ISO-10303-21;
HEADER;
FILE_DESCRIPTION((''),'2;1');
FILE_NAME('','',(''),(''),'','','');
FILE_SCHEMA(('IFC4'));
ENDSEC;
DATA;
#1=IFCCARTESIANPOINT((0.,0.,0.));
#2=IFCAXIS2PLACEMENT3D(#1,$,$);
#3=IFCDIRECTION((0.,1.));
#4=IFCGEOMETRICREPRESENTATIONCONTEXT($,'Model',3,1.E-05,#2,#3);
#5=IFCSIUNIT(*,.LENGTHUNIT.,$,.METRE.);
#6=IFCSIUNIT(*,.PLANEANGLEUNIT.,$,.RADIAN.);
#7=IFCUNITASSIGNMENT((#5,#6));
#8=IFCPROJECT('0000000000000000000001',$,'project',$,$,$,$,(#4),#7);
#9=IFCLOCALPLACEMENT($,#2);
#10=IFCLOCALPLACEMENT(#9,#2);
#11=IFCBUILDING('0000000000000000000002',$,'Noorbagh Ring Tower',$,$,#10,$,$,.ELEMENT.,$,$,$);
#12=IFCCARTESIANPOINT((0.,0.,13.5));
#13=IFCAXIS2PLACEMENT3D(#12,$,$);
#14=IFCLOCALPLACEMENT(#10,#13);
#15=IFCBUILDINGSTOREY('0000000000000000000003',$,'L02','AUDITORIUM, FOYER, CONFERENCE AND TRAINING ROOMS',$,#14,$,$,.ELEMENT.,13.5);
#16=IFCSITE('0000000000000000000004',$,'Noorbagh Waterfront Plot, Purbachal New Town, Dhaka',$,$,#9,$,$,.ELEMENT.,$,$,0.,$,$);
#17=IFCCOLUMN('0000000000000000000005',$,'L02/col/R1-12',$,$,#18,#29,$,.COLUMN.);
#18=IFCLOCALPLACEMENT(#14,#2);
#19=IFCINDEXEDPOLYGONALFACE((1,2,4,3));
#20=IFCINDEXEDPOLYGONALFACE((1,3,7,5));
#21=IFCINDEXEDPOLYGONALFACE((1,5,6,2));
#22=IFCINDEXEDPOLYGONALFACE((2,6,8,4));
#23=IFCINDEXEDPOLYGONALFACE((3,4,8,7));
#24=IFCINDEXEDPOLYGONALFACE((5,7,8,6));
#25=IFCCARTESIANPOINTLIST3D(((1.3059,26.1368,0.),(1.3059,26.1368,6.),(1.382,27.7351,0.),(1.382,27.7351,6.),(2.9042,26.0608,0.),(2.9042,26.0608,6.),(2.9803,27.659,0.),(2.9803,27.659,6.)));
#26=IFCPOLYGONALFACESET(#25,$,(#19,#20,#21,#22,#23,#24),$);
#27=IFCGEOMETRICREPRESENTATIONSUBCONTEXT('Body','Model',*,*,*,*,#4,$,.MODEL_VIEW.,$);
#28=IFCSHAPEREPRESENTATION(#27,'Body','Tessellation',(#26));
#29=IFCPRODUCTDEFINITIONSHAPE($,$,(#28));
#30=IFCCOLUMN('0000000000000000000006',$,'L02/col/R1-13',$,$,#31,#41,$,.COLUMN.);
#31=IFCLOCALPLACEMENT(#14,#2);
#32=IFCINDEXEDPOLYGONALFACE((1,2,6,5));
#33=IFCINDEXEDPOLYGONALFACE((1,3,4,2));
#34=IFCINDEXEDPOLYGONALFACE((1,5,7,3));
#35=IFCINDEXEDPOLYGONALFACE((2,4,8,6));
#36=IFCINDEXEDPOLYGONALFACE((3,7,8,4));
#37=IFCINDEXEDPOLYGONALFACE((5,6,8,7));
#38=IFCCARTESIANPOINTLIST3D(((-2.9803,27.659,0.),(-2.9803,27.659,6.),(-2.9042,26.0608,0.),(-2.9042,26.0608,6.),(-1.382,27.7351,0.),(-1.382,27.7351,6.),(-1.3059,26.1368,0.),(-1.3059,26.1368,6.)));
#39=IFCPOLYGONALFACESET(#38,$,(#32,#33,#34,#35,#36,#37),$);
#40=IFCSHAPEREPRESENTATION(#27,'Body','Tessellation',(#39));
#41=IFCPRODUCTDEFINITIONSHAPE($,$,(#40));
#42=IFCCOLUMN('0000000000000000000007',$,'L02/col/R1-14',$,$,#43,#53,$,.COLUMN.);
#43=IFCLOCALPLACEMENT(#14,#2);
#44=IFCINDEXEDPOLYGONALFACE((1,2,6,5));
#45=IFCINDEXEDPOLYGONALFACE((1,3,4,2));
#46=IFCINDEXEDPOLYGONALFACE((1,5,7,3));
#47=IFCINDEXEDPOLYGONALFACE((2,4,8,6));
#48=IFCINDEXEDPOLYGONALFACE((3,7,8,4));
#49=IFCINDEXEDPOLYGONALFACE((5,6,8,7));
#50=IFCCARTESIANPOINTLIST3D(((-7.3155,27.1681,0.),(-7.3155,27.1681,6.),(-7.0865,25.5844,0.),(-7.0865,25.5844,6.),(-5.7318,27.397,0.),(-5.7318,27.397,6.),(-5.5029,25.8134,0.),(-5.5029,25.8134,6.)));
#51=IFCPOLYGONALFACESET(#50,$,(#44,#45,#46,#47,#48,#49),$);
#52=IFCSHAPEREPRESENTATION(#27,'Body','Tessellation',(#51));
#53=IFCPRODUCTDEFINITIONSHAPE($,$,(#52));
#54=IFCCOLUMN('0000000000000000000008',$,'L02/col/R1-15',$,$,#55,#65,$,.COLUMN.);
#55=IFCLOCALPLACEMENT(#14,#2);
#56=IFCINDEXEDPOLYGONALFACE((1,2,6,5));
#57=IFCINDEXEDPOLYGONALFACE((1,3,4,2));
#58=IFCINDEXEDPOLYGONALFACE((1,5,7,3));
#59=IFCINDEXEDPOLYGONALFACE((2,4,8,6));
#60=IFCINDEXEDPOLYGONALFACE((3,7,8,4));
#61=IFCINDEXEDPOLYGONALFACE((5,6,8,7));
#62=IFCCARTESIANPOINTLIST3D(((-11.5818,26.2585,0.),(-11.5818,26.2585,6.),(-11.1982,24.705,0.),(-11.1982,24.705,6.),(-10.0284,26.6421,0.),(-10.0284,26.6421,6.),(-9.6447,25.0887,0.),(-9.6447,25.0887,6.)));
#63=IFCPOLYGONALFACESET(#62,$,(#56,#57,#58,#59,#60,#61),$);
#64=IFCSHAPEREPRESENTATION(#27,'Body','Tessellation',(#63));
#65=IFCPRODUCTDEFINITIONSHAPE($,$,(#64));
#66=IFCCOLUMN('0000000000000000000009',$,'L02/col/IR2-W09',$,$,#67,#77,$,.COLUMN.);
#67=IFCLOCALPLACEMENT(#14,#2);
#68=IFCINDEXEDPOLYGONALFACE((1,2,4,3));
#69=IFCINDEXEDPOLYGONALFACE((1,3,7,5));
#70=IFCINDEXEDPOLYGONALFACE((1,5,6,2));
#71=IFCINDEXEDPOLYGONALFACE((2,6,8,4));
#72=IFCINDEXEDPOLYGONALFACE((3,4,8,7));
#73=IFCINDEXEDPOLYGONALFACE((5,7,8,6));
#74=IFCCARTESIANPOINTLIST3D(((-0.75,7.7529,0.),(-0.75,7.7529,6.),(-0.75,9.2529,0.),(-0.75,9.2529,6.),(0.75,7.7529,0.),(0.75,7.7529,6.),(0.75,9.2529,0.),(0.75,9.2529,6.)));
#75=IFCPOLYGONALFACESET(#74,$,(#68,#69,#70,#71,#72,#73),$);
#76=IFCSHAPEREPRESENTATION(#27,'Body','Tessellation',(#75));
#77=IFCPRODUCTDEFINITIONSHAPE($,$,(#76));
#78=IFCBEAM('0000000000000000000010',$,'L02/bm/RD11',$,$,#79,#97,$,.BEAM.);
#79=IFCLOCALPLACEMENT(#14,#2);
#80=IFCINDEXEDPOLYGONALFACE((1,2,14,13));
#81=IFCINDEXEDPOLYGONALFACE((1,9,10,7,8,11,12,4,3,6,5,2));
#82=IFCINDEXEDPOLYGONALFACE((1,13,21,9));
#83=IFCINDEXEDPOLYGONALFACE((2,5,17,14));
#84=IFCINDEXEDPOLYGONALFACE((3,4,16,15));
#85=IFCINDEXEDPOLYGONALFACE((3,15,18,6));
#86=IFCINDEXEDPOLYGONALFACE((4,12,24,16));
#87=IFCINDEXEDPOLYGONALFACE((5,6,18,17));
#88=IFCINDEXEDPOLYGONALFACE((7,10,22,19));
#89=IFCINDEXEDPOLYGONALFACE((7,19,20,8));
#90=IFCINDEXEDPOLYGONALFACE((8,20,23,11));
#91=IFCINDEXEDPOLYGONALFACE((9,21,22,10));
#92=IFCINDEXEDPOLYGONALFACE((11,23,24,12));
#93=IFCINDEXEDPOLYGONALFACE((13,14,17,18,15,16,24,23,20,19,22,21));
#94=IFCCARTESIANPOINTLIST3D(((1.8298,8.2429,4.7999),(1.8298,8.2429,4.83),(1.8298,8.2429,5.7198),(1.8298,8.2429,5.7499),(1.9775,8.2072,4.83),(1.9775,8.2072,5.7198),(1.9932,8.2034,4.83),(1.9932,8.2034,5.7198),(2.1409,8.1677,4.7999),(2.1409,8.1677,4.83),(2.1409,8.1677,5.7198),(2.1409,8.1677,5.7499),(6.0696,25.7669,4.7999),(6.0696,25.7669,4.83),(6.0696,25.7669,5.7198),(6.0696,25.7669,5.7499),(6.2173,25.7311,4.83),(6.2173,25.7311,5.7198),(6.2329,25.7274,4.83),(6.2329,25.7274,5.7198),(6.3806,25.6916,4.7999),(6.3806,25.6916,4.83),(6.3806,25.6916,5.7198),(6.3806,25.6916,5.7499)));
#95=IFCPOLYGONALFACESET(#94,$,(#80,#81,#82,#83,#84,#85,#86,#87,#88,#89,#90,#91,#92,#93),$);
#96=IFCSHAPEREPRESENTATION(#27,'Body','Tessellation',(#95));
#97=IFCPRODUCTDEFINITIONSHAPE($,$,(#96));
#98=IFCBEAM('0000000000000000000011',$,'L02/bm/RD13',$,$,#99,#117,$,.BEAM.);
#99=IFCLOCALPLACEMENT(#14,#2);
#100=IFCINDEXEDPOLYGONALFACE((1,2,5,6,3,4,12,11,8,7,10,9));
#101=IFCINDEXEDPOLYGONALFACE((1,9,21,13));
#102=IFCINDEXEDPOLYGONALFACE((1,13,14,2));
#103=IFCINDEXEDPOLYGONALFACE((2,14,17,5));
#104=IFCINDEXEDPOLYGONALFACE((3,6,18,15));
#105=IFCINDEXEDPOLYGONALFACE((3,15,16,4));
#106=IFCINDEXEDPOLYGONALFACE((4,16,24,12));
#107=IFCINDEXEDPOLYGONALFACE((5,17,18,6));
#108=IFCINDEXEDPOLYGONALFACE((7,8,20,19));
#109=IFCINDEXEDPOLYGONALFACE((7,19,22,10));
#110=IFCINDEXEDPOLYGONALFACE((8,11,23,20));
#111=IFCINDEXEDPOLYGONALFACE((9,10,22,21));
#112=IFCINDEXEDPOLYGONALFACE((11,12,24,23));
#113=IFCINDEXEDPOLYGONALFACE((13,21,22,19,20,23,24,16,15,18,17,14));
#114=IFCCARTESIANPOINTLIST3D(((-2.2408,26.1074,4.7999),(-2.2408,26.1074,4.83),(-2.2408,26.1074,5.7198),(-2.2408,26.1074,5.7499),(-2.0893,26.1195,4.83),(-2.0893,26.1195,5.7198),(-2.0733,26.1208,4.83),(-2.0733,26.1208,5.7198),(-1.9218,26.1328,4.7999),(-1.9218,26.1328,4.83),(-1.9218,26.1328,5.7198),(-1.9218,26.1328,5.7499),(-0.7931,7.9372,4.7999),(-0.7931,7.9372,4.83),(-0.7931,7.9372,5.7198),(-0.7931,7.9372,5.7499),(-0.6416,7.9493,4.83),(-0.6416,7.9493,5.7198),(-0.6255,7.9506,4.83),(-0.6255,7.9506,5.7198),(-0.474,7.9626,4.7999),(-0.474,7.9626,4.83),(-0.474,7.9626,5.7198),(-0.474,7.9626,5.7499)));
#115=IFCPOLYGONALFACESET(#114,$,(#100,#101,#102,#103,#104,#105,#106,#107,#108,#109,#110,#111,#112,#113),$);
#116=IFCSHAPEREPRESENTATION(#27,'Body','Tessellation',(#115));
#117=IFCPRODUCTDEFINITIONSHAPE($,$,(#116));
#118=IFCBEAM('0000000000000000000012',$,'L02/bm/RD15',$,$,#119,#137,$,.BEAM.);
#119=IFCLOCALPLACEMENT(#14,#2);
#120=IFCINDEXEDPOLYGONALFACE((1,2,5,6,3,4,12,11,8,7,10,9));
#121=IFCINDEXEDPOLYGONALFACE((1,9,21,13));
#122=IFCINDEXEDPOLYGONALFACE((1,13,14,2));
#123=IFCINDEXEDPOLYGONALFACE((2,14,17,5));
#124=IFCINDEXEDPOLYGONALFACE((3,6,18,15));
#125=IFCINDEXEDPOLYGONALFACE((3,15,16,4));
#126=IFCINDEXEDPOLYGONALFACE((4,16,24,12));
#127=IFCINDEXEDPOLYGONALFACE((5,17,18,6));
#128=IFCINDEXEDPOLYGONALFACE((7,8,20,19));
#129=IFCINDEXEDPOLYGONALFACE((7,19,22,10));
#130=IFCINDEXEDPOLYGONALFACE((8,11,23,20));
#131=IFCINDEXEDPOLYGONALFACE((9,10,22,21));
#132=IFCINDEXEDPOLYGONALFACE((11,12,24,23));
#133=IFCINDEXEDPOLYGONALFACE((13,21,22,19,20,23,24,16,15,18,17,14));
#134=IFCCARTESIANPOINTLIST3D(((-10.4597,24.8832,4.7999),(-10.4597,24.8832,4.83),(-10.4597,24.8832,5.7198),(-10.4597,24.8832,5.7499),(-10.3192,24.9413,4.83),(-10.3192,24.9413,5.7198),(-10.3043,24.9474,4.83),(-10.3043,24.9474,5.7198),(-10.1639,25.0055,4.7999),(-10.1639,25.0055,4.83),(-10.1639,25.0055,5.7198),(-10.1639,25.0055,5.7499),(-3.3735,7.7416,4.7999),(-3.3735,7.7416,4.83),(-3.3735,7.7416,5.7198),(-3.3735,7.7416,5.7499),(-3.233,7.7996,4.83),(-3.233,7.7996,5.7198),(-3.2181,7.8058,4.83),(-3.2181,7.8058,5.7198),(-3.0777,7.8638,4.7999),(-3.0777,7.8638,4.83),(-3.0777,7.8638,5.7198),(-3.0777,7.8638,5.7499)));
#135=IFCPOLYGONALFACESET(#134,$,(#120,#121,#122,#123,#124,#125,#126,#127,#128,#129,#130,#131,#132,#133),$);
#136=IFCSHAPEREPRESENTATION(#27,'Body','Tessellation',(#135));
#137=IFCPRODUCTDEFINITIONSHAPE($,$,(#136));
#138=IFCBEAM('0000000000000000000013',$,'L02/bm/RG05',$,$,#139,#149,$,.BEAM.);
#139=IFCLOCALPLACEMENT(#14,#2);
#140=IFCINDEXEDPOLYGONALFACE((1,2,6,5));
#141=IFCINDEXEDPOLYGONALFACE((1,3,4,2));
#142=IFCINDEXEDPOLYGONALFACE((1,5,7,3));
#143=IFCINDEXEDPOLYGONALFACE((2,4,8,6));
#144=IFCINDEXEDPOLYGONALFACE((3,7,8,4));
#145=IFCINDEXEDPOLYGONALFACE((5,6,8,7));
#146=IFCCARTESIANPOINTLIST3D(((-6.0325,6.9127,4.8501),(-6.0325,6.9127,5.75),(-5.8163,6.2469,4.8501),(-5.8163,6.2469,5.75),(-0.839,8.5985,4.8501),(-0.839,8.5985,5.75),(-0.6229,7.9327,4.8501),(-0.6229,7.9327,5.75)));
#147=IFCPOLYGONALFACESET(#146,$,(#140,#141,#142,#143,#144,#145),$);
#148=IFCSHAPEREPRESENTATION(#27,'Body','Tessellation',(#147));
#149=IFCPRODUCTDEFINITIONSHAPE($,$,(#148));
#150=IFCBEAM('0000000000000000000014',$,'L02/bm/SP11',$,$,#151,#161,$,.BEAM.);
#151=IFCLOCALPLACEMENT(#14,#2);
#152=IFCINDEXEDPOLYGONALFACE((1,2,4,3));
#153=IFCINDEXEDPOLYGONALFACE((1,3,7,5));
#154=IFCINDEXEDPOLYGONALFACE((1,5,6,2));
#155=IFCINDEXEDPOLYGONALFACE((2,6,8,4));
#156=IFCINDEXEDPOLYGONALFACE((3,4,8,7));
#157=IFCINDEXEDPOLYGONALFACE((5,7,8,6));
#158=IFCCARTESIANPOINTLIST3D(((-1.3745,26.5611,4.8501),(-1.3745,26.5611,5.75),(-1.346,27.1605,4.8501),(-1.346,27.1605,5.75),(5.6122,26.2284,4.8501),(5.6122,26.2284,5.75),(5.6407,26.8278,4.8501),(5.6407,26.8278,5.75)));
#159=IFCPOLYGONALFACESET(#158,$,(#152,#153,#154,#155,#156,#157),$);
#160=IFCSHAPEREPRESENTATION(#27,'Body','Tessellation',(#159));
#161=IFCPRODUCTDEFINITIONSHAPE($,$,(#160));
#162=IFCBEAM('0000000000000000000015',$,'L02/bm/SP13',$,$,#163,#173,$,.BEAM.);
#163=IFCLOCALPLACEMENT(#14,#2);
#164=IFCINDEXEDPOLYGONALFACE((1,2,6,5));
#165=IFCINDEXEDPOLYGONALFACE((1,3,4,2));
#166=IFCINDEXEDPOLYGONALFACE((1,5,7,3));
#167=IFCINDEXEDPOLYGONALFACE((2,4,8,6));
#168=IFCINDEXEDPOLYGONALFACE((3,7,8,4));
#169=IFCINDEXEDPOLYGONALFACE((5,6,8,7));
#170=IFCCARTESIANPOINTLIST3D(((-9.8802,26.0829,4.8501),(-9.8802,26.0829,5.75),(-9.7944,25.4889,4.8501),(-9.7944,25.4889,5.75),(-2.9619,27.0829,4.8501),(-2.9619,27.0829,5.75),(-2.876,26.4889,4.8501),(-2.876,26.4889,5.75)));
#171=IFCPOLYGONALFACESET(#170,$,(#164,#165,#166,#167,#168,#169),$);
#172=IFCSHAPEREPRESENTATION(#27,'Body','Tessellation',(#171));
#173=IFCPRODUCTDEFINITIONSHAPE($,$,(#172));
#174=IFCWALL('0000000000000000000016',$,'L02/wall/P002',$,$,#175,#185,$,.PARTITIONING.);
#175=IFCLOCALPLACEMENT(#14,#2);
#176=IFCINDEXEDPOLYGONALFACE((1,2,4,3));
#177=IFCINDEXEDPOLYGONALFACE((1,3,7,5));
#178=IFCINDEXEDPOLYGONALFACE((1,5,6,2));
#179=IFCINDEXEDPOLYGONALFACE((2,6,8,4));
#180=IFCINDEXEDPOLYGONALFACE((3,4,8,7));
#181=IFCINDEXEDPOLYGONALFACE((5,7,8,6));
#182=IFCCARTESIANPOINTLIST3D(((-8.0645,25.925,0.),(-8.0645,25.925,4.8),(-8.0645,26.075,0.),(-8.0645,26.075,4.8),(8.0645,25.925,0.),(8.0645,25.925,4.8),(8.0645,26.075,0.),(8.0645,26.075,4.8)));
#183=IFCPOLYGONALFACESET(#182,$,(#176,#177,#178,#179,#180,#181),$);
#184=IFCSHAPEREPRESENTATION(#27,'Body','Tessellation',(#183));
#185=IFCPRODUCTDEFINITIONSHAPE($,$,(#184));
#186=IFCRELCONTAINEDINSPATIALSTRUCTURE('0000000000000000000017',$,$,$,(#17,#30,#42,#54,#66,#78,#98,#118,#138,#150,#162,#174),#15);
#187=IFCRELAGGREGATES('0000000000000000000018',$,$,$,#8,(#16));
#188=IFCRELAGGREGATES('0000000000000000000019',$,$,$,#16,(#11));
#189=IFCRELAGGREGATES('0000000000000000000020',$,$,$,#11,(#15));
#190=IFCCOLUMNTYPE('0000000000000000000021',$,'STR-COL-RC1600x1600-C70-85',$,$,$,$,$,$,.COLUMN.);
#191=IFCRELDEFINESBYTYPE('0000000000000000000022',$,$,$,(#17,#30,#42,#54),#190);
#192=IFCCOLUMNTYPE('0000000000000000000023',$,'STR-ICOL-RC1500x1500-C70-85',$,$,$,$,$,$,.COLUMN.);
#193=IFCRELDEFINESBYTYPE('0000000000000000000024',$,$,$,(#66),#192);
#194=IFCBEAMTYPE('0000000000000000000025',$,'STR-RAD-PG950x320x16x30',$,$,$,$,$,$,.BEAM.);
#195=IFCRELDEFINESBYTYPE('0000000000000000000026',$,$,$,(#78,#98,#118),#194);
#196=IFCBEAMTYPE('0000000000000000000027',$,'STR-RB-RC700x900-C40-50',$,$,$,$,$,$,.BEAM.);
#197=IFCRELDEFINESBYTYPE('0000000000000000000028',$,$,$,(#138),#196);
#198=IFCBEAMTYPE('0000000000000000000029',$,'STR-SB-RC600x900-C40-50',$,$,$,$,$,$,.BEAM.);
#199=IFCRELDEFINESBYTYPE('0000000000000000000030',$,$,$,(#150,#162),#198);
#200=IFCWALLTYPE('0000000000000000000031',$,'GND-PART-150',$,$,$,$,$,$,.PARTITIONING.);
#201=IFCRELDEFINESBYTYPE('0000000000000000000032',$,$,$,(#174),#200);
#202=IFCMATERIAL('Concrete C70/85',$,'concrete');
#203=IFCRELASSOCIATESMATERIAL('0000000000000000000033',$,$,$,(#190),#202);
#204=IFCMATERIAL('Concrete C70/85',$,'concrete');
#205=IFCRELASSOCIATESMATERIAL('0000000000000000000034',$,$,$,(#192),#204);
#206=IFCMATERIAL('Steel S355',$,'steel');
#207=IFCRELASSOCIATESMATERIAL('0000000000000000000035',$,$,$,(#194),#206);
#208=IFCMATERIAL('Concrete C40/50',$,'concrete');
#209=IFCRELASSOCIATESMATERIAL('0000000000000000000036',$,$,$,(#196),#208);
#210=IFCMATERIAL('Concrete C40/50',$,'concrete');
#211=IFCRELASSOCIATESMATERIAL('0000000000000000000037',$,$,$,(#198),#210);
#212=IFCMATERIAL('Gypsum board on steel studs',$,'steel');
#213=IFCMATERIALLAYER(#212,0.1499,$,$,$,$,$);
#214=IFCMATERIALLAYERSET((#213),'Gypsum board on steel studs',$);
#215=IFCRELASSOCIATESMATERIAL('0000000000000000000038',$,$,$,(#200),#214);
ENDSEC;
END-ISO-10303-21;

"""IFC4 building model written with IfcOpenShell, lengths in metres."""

from ifc_helpers import new_model, si_unit, direction, frame, frame_2d, origin, origin_2d, place, context, subcontext, project, spatial, rectangle, i_section, extrude, material, layer, layer_set, material_profile, profile_set, type_object, element, save


model = new_model("IFC4")

# Units and contexts
model_context = context("Model", 3, precision=1e-05, world=origin(), true_north=direction((0.0, 1.0)))
body_context = subcontext(model_context, "Body", "Model", "MODEL_VIEW")
ifc_project = project(units=[si_unit("LENGTHUNIT", "METRE"), si_unit("PLANEANGLEUNIT", "RADIAN")], contexts=[model_context])

# Site, building, storey
site_placement = place(None, origin())
site = spatial("IfcSite", under=ifc_project, at=site_placement, Name="Noorbagh Waterfront Plot, Purbachal New Town, Dhaka", CompositionType="ELEMENT", RefElevation=0.0)
building_placement = place(site_placement, origin())
building = spatial("IfcBuilding", under=site, at=building_placement, Name="Noorbagh Ring Tower", CompositionType="ELEMENT")
storey_placement = place(building_placement, frame((0.0, 0.0, 13.5)))
storey = spatial("IfcBuildingStorey", under=building, at=storey_placement, Name="L02", Description="AUDITORIUM, FOYER, CONFERENCE AND TRAINING ROOMS", CompositionType="ELEMENT", Elevation=13.5)

# Columns
ifc_material_1 = material(Name="Concrete C70/85", Category="concrete")
ifc_material_profile_1 = material_profile(ifc_material_1, rectangle(XDim=1.6001, YDim=1.6001, at=origin_2d()), Name="RC1600x1600")
ifc_profile_set_1 = profile_set([ifc_material_profile_1], Name="Concrete C70/85")
column_type_1 = type_object("IfcColumnType", Name="STR-COL-RC1600x1600-C70-85", PredefinedType="COLUMN", material=ifc_profile_set_1)
for number, where, z_axis, x_axis, name in (
    (1, (2.1431, 26.8979, 0.0), (0.0, 0.0, 1.0), (-0.998869, 0.047553, 0.0), "L02/col/R1-12"),
    (2, (-2.1431, 26.8979, 0.0), (0.0, 0.0, 1.0), (-0.998869, -0.047553, 0.0), "L02/col/R1-13"),
    (3, (-6.4092, 26.4907, 0.0), (0.0, 0.0, 1.0), (-0.989713, -0.143066, 0.0), "L02/col/R1-14"),
    (4, (-10.6133, 25.6736, 0.0), (0.0, 0.0, 1.0), (-0.970829, -0.239771, 0.0), "L02/col/R1-15"),
):
    element("IfcColumn", number, at=place(storey_placement, frame(where, z_axis=z_axis, x_axis=x_axis)), inside=storey, type_object=column_type_1, Name=name, PredefinedType="COLUMN", context=body_context, shape_type="SweptSolid", body=[
        extrude(rectangle(XDim=1.6001, YDim=1.6001, at=origin_2d()), origin(), (0.0, 0.0, 1.0), 6.0),
    ])
ifc_material_2 = material(Name="Concrete C70/85", Category="concrete")
ifc_material_profile_2 = material_profile(ifc_material_2, rectangle(XDim=1.5, YDim=1.5, at=origin_2d()), Name="RC1500x1500")
ifc_profile_set_2 = profile_set([ifc_material_profile_2], Name="Concrete C70/85")
column_type_2 = type_object("IfcColumnType", Name="STR-ICOL-RC1500x1500-C70-85", PredefinedType="COLUMN", material=ifc_profile_set_2)
column_placement = place(storey_placement, frame((0.0, 8.5029, 0.0), z_axis=(0.0, 0.0, 1.0), x_axis=(-1.0, 0.0, 0.0)))
element("IfcColumn", 5, at=column_placement, inside=storey, type_object=column_type_2, Name="L02/col/IR2-W09", PredefinedType="COLUMN", context=body_context, shape_type="SweptSolid", body=[
    extrude(rectangle(XDim=1.5, YDim=1.5, at=origin_2d()), origin(), (0.0, 0.0, 1.0), 6.0),
])

# Beams
ifc_material_3 = material(Name="Steel S355", Category="steel")
ifc_material_profile_3 = material_profile(ifc_material_3, i_section(OverallWidth=0.3201, OverallDepth=0.95, WebThickness=0.0161, FlangeThickness=0.03, at=origin_2d()), Name="PG950x320x16x30")
ifc_profile_set_3 = profile_set([ifc_material_profile_3], Name="Steel S355")
beam_type_1 = type_object("IfcBeamType", Name="STR-RAD-PG950x320x16x30", PredefinedType="BEAM", material=ifc_profile_set_3)
beam_1_placement = place(storey_placement, frame((6.2251, 25.7292, 5.2749), z_axis=(-0.235156, -0.971958, 0.0), x_axis=(0.971958, -0.235156, 0.0)))
element("IfcBeam", 6, at=beam_1_placement, inside=storey, type_object=beam_type_1, Name="L02/bm/RD11", PredefinedType="BEAM", context=body_context, shape_type="SweptSolid", body=[
    extrude(i_section(OverallWidth=0.3201, OverallDepth=0.95, WebThickness=0.0161, FlangeThickness=0.03, at=origin_2d()), origin(), (0.0, 0.0, 1.0), 18.0295),
])
beam_2_placement = place(storey_placement, frame((-2.0813, 26.1201, 5.2749), z_axis=(0.079426, -0.996841, 0.0), x_axis=(0.996841, 0.079426, 0.0)))
element("IfcBeam", 7, at=beam_2_placement, inside=storey, type_object=beam_type_1, Name="L02/bm/RD13", PredefinedType="BEAM", context=body_context, shape_type="SweptSolid", body=[
    extrude(i_section(OverallWidth=0.3201, OverallDepth=0.95, WebThickness=0.0161, FlangeThickness=0.03, at=origin_2d()), origin(), (0.0, 0.0, 1.0), 18.2278),
])
beam_3_placement = place(storey_placement, frame((-10.3118, 24.9443, 5.2749), z_axis=(0.382034, -0.924148, 0.0), x_axis=(0.924148, 0.382034, 0.0)))
element("IfcBeam", 8, at=beam_3_placement, inside=storey, type_object=beam_type_1, Name="L02/bm/RD15", PredefinedType="BEAM", context=body_context, shape_type="SweptSolid", body=[
    extrude(i_section(OverallWidth=0.3201, OverallDepth=0.95, WebThickness=0.0161, FlangeThickness=0.03, at=origin_2d()), origin(), (0.0, 0.0, 1.0), 18.5486),
])
ifc_material_4 = material(Name="Concrete C40/50", Category="concrete")
ifc_material_profile_4 = material_profile(ifc_material_4, rectangle(XDim=0.7, YDim=0.8999, at=origin_2d()), Name="RC700x900")
ifc_profile_set_4 = profile_set([ifc_material_profile_4], Name="Concrete C40/50")
beam_type_2 = type_object("IfcBeamType", Name="STR-RB-RC700x900-C40-50", PredefinedType="BEAM", material=ifc_profile_set_4)
beam_4_placement = place(storey_placement, frame((-0.731, 8.2656, 5.3), z_axis=(-0.951144, -0.308746, 0.0), x_axis=(0.308746, -0.951144, 0.0)))
element("IfcBeam", 9, at=beam_4_placement, inside=storey, type_object=beam_type_2, Name="L02/bm/RG05", PredefinedType="BEAM", context=body_context, shape_type="SweptSolid", body=[
    extrude(rectangle(XDim=0.7, YDim=0.8999, at=origin_2d()), origin(), (0.0, 0.0, 1.0), 5.4602),
])
ifc_material_5 = material(Name="Concrete C40/50", Category="concrete")
ifc_material_profile_5 = material_profile(ifc_material_5, rectangle(XDim=0.6001, YDim=0.8999, at=origin_2d()), Name="RC600x900")
ifc_profile_set_5 = profile_set([ifc_material_profile_5], Name="Concrete C40/50")
beam_type_3 = type_object("IfcBeamType", Name="STR-SB-RC600x900-C40-50", PredefinedType="BEAM", material=ifc_profile_set_5)
beam_5_placement = place(storey_placement, frame((5.6265, 26.5281, 5.3), z_axis=(-0.998868, 0.047573, 0.0), x_axis=(-0.047573, -0.998868, 0.0)))
element("IfcBeam", 10, at=beam_5_placement, inside=storey, type_object=beam_type_3, Name="L02/bm/SP11", PredefinedType="BEAM", context=body_context, shape_type="SweptSolid", body=[
    extrude(rectangle(XDim=0.6001, YDim=0.8999, at=origin_2d()), origin(), (0.0, 0.0, 1.0), 6.9946),
])
beam_6_placement = place(storey_placement, frame((-2.9189, 26.7859, 5.3), z_axis=(-0.989715, -0.143054, 0.0), x_axis=(0.143054, -0.989715, 0.0)))
element("IfcBeam", 11, at=beam_6_placement, inside=storey, type_object=beam_type_3, Name="L02/bm/SP13", PredefinedType="BEAM", context=body_context, shape_type="SweptSolid", body=[
    extrude(rectangle(XDim=0.6001, YDim=0.8999, at=origin_2d()), origin(), (0.0, 0.0, 1.0), 6.9902),
])

# Wall
ifc_material_6 = material(Name="Gypsum board on steel studs", Category="steel")
ifc_layer_1 = layer(ifc_material_6, 0.1499)
ifc_layer_set_1 = layer_set([ifc_layer_1], Name="Gypsum board on steel studs")
wall_type_1 = type_object("IfcWallType", Name="GND-PART-150", PredefinedType="PARTITIONING", material=ifc_layer_set_1)
wall_1_placement = place(storey_placement, frame((-8.0645, 26.0, 0.0), z_axis=(0.0, 0.0, 1.0), x_axis=(1.0, 0.0, 0.0)))
element("IfcWall", 12, at=wall_1_placement, inside=storey, type_object=wall_type_1, Name="L02/wall/P002", PredefinedType="PARTITIONING", context=body_context, shape_type="SweptSolid", body=[
    extrude(rectangle(XDim=16.1289, YDim=0.1499, at=frame_2d((8.0645, 0.0))), origin(), (0.0, 0.0, 1.0), 4.8),
])

save(model, "model.ifc")
